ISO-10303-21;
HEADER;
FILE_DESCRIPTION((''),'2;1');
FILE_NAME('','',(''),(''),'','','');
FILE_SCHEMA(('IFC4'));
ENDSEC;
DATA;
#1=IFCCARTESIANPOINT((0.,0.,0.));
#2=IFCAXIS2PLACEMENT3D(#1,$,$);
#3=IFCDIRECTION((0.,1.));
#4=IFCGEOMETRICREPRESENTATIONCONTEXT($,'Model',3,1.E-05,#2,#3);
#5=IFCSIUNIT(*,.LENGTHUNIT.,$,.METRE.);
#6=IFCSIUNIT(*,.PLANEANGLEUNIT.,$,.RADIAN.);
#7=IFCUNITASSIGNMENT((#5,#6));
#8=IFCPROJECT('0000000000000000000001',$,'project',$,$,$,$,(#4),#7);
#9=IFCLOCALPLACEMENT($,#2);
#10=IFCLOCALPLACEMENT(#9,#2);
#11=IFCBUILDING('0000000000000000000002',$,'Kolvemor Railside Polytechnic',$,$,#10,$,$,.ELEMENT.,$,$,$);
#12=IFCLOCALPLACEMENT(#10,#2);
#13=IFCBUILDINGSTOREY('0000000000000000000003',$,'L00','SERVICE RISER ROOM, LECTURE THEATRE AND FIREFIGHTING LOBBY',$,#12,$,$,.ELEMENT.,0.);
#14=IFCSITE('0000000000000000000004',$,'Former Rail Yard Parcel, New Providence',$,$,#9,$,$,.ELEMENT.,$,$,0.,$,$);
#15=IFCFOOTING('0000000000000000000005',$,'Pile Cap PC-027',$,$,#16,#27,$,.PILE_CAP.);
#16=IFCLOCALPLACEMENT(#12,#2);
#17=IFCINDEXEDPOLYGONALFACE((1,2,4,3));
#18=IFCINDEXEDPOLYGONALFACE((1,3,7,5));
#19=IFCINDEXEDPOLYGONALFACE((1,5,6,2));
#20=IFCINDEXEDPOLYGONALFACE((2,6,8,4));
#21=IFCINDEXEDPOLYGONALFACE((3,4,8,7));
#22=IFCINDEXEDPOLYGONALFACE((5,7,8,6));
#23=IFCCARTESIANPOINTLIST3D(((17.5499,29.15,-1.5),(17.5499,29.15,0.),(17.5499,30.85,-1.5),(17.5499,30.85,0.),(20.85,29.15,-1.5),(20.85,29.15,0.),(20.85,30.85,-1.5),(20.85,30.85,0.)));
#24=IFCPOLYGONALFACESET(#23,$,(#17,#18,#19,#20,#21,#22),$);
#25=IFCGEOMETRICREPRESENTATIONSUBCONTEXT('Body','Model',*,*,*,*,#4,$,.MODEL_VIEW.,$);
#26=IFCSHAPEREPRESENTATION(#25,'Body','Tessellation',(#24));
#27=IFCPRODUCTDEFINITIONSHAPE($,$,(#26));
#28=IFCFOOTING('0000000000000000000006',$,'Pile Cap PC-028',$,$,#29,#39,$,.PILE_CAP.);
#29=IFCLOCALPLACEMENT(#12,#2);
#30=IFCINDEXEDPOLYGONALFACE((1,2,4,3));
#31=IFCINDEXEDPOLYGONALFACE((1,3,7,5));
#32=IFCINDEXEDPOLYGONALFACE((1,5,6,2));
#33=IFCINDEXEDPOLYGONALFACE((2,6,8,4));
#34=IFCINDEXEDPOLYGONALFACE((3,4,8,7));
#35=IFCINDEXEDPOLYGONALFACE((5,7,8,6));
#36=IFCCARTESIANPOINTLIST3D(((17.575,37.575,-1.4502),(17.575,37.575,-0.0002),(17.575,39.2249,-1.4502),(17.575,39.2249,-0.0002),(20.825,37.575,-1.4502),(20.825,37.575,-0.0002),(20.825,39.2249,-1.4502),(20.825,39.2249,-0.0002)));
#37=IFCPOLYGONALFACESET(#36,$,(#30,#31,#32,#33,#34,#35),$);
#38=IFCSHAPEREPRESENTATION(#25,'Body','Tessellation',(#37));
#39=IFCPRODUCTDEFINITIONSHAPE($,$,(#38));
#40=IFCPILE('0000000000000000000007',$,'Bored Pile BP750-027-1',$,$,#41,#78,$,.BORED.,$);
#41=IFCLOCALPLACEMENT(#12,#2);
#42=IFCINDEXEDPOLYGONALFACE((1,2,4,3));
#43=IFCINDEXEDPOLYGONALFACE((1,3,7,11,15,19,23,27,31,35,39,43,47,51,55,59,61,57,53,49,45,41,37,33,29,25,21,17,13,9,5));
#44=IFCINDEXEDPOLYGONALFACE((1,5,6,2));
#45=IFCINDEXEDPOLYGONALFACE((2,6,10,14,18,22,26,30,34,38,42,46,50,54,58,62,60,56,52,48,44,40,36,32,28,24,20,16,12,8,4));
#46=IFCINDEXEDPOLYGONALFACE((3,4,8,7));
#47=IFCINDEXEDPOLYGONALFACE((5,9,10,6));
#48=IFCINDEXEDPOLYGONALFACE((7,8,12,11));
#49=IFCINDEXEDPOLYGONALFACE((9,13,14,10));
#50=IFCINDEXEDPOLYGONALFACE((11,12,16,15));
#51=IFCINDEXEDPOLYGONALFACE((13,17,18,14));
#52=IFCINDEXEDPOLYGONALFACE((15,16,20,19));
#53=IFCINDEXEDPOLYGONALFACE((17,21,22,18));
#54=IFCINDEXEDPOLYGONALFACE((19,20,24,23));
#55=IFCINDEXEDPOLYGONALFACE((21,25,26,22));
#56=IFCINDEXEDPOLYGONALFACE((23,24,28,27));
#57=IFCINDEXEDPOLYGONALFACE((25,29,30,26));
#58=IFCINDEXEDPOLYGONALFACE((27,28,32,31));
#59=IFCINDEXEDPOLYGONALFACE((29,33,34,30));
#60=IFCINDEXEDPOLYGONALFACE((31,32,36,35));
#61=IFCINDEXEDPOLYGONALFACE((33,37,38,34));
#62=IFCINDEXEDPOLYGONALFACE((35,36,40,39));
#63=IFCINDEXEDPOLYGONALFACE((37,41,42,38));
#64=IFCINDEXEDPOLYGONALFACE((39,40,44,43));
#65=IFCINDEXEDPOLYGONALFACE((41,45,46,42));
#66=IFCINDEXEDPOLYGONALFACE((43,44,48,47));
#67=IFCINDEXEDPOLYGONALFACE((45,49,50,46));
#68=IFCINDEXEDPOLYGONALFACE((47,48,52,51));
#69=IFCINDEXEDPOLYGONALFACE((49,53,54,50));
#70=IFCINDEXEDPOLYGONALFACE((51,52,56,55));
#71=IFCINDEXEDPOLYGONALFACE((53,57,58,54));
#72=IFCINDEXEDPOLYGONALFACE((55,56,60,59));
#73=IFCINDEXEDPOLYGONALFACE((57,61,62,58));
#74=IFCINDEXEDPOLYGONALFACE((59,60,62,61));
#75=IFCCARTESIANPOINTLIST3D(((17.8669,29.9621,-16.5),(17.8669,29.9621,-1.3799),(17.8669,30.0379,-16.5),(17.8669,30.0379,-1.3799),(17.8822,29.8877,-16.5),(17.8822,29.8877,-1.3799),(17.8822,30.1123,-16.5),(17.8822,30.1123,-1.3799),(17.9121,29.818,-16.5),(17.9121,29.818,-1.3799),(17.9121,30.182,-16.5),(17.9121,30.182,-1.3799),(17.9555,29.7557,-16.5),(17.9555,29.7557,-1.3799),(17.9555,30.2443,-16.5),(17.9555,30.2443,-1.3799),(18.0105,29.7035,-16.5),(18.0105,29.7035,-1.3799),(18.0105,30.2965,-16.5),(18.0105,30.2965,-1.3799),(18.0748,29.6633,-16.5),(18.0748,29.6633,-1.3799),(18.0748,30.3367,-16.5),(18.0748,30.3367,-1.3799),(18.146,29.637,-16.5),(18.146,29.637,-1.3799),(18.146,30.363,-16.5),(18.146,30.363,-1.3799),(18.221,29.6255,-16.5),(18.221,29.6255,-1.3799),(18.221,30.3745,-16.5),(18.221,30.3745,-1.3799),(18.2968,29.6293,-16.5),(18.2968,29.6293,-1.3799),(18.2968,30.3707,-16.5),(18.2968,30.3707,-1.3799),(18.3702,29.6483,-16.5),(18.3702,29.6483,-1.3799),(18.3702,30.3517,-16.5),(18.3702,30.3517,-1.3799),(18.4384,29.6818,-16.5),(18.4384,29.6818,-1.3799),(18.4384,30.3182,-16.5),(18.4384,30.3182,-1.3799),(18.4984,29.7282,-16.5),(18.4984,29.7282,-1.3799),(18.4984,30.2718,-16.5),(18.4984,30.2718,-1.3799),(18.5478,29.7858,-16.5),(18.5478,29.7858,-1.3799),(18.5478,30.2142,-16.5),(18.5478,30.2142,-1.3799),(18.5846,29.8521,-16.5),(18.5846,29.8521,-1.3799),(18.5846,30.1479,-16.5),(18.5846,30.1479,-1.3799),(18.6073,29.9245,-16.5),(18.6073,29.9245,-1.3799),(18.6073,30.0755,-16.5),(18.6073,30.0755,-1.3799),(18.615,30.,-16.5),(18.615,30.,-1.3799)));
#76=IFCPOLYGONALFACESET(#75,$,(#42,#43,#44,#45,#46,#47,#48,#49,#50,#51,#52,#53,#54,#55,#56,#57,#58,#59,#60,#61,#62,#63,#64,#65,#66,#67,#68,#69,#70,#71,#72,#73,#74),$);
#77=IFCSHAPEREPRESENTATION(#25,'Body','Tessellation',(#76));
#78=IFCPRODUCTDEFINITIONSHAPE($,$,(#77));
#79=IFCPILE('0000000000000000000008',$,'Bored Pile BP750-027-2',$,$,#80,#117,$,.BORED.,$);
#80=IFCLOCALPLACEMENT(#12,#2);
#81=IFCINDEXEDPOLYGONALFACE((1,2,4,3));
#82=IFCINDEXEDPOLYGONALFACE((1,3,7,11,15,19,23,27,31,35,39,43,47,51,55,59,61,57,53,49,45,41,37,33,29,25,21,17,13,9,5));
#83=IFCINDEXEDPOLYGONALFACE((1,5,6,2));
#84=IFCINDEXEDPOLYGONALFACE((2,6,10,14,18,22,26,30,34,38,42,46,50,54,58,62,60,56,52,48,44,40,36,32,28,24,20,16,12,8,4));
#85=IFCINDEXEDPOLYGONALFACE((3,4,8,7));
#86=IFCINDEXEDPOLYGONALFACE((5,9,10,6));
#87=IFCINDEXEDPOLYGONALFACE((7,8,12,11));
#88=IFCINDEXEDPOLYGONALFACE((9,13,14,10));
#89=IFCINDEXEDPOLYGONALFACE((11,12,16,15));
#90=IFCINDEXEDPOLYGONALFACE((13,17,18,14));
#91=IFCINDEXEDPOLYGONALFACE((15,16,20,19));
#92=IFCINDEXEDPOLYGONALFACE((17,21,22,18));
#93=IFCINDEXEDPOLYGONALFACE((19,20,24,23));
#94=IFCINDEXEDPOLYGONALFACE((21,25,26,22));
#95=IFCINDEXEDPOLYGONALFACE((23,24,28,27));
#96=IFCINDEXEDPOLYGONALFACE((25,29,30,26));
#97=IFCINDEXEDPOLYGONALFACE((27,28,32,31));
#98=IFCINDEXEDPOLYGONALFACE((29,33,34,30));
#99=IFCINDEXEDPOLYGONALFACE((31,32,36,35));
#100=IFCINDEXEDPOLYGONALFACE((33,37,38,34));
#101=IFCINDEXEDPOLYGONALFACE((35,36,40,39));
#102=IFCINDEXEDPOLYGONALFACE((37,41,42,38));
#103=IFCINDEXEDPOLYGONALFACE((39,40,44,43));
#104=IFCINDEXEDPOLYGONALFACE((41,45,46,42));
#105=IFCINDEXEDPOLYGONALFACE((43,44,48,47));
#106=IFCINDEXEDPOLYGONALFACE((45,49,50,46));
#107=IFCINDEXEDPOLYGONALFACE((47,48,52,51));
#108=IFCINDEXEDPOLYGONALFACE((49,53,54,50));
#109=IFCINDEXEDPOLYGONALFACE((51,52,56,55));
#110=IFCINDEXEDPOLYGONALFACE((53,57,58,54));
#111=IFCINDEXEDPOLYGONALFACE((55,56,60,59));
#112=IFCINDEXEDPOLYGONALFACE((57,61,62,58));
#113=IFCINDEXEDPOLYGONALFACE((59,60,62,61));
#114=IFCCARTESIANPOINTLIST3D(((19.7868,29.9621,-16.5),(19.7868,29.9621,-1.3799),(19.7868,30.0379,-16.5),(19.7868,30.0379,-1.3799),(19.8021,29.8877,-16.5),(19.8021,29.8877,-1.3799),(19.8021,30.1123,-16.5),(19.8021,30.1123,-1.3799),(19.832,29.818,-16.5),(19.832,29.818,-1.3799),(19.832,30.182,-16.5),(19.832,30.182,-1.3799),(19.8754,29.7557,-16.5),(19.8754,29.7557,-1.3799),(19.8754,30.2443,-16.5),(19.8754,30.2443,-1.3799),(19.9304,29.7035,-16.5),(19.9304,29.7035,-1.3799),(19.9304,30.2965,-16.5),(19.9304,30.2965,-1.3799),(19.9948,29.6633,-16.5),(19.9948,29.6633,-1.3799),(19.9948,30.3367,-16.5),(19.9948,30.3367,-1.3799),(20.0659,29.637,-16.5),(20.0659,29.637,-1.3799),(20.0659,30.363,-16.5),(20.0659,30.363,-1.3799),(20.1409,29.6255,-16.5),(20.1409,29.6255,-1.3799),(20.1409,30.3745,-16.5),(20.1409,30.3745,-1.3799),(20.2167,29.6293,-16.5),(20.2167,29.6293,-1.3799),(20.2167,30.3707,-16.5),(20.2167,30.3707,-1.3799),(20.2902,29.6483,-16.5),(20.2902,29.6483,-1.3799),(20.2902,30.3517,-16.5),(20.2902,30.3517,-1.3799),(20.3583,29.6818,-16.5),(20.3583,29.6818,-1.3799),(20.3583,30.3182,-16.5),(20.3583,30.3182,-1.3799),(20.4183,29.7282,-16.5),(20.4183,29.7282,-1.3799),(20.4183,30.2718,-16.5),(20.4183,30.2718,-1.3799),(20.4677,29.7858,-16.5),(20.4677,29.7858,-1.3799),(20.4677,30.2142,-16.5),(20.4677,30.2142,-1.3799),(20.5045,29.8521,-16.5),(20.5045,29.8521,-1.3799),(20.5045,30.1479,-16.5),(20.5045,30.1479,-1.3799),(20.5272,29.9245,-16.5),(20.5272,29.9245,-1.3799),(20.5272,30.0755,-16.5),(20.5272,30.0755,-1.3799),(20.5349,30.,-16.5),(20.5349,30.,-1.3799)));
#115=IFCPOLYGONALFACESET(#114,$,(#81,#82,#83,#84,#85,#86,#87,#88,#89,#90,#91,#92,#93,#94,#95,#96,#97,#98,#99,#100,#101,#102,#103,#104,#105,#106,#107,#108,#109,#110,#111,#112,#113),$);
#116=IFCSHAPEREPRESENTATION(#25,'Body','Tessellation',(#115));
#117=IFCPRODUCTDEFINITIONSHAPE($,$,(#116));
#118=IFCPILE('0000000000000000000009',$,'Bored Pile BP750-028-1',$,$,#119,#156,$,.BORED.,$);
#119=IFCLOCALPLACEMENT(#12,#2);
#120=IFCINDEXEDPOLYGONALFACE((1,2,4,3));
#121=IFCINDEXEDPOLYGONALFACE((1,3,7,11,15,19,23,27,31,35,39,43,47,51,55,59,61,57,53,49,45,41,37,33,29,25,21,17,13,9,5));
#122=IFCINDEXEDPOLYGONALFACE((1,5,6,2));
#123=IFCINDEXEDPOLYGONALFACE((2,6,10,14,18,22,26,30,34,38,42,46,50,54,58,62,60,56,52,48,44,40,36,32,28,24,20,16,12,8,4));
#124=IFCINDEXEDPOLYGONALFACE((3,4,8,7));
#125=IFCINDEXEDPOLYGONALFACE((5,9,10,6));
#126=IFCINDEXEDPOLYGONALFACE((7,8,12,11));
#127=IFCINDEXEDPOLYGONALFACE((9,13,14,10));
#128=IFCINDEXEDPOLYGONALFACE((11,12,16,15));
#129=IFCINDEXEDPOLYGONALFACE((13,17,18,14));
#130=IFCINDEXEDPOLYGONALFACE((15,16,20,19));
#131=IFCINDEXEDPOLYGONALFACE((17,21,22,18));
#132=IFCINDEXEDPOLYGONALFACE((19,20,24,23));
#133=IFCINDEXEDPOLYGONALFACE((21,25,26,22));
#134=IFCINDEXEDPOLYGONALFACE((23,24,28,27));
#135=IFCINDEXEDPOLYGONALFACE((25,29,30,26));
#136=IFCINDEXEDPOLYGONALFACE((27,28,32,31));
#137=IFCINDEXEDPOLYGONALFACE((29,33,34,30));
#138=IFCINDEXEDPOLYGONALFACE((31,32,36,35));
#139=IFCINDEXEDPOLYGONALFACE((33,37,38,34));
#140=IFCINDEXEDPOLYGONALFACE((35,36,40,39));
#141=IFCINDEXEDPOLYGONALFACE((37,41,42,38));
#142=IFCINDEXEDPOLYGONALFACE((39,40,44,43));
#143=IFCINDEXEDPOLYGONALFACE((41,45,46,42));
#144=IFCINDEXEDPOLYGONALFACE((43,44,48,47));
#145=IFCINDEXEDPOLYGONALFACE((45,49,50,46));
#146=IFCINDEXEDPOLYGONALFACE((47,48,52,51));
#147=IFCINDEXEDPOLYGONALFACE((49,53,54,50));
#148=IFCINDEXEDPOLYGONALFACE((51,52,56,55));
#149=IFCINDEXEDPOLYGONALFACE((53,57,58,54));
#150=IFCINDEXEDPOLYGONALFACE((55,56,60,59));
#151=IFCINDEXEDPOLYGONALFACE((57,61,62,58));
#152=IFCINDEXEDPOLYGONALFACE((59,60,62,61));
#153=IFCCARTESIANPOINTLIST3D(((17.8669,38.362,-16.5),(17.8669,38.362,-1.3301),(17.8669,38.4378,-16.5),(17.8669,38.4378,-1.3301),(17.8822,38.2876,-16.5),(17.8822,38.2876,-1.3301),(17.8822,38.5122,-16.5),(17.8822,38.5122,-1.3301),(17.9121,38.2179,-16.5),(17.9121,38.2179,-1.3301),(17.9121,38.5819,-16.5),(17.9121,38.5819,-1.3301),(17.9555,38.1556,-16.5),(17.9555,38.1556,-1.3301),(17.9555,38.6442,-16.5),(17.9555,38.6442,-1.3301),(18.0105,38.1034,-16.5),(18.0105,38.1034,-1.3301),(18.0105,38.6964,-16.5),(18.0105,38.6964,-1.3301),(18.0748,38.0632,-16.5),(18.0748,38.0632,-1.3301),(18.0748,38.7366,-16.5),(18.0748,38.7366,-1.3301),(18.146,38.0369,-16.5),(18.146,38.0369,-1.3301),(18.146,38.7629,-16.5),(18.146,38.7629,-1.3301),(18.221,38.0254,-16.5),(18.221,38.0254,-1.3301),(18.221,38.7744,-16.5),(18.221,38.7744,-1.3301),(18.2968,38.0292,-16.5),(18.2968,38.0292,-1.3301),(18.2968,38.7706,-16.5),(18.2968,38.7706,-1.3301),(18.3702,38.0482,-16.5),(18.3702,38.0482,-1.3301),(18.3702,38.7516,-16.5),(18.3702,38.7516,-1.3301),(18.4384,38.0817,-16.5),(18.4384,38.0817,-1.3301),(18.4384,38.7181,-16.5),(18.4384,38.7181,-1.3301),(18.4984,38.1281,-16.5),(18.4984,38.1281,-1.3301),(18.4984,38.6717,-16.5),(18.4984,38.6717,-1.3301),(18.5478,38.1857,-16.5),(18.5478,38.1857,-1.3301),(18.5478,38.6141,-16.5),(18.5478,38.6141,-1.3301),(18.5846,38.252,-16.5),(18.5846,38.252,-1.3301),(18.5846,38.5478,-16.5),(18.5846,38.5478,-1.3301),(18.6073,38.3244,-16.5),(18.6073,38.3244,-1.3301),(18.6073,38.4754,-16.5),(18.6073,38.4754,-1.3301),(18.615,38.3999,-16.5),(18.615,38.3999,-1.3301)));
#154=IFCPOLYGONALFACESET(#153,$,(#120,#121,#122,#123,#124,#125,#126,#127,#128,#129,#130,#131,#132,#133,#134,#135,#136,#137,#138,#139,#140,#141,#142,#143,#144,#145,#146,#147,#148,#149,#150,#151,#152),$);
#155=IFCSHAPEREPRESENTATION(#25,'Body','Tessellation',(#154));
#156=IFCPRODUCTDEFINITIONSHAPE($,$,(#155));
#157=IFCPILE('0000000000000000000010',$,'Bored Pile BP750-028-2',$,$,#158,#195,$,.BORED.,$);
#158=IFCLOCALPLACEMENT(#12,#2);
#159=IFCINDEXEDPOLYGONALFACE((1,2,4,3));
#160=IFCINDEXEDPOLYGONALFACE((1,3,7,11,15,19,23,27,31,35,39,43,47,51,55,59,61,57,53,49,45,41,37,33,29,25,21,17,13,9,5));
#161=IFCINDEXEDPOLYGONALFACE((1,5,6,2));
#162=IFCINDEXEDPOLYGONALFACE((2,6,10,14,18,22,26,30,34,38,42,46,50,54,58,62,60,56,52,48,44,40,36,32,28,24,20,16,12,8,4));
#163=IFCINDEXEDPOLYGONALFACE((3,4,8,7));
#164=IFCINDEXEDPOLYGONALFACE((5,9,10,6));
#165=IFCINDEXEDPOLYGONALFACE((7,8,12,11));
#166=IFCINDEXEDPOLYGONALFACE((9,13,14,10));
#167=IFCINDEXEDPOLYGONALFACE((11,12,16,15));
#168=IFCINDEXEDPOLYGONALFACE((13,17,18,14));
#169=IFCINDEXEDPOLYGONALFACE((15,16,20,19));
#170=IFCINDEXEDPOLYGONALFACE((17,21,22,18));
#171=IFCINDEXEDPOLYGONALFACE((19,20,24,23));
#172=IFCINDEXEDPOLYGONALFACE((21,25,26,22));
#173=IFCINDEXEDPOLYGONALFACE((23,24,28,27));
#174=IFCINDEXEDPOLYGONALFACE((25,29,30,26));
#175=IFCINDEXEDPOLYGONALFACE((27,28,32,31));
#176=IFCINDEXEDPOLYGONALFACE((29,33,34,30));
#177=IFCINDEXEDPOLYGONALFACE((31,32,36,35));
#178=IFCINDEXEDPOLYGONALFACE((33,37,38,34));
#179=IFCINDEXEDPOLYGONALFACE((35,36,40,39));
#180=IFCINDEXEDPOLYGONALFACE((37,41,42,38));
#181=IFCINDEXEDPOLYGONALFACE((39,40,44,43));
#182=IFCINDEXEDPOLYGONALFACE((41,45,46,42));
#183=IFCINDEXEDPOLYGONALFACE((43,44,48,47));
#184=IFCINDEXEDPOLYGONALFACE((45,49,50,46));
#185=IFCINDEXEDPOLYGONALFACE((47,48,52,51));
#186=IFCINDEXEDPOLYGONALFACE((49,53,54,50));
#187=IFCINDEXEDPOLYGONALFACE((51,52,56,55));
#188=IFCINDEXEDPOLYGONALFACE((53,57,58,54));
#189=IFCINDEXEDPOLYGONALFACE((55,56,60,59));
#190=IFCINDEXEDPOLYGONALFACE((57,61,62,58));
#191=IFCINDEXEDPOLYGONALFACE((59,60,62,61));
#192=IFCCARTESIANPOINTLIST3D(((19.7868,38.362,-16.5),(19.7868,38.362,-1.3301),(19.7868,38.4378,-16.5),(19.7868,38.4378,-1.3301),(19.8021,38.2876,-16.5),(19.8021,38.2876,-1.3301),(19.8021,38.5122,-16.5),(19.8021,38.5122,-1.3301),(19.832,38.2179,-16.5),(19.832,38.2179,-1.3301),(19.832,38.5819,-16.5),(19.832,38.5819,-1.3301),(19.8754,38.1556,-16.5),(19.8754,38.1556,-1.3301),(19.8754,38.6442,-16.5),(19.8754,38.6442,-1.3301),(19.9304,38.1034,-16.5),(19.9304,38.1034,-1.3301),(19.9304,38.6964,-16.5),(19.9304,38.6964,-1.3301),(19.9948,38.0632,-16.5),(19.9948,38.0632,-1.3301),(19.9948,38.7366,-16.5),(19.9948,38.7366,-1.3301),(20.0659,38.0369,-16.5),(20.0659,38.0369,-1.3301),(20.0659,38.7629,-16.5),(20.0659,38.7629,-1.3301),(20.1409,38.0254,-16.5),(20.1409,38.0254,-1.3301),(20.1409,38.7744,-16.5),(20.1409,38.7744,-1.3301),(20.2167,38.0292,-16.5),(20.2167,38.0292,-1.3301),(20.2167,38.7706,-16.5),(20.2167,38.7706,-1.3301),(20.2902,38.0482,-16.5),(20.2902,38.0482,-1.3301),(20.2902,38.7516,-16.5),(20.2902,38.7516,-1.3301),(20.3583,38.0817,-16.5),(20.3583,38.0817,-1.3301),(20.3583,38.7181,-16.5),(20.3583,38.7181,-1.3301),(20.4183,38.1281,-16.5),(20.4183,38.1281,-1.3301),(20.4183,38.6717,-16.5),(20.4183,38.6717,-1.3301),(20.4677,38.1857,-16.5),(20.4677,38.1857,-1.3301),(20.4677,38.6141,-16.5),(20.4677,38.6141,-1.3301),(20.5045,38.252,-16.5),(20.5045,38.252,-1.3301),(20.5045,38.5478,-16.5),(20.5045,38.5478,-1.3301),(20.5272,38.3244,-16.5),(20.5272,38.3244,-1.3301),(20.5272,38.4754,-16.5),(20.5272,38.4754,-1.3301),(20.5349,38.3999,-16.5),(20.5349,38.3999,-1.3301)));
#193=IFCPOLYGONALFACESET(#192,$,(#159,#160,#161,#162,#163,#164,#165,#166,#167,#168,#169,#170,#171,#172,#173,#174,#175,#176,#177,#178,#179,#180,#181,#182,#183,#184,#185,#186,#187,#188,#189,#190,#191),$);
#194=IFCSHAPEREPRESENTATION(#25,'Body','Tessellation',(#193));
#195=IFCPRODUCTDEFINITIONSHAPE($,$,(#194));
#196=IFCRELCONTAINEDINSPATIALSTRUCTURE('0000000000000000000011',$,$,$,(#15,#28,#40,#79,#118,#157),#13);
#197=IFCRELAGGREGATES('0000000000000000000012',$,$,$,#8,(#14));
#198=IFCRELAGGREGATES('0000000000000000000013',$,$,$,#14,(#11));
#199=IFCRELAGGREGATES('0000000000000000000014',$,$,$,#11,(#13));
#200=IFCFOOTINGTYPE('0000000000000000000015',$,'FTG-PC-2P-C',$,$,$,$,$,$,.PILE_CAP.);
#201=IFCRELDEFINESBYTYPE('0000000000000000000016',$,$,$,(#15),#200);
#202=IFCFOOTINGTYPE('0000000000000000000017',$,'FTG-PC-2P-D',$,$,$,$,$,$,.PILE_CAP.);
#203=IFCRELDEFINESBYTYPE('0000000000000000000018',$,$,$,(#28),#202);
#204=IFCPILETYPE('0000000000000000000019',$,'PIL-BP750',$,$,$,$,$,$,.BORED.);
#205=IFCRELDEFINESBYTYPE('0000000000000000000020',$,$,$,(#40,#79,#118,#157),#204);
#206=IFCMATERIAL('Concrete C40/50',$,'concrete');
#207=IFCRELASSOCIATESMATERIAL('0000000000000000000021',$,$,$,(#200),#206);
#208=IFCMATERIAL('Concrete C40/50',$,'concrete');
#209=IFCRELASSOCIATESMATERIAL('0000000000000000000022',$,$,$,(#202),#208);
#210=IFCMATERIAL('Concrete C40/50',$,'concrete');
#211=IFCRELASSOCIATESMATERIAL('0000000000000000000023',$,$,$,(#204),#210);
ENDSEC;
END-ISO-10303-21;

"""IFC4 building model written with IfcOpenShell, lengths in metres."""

from ifc_helpers import new_model, si_unit, direction, frame, origin, origin_2d, place, context, subcontext, project, spatial, rectangle, circle, extrude, material, material_profile, profile_set, type_object, element, save


model = new_model("IFC4")

# Units and contexts
model_context = context("Model", 3, precision=1e-05, world=origin(), true_north=direction((0.0, 1.0)))
body_context = subcontext(model_context, "Body", "Model", "MODEL_VIEW")
ifc_project = project(units=[si_unit("LENGTHUNIT", "METRE"), si_unit("PLANEANGLEUNIT", "RADIAN")], contexts=[model_context])

# Site, building, storey
site_placement = place(None, origin())
site = spatial("IfcSite", under=ifc_project, at=site_placement, Name="Former Rail Yard Parcel, New Providence", CompositionType="ELEMENT", RefElevation=0.0)
building_placement = place(site_placement, origin())
building = spatial("IfcBuilding", under=site, at=building_placement, Name="Kolvemor Railside Polytechnic", CompositionType="ELEMENT")
storey_placement = place(building_placement, origin())
storey = spatial("IfcBuildingStorey", under=building, at=storey_placement, Name="L00", Description="SERVICE RISER ROOM, LECTURE THEATRE AND FIREFIGHTING LOBBY", CompositionType="ELEMENT", Elevation=0.0)

# Footings
ifc_material_1 = material(Name="Concrete C40/50", Category="concrete")
footing_type_1 = type_object("IfcFootingType", Name="FTG-PC-2P-C", PredefinedType="PILE_CAP", material=ifc_material_1)
footing_1_placement = place(storey_placement, frame((19.2, 30.0, -1.5), z_axis=(0.0, 0.0, 1.0), x_axis=(1.0, 0.0, 0.0)))
element("IfcFooting", 1, at=footing_1_placement, inside=storey, type_object=footing_type_1, Name="Pile Cap PC-027", PredefinedType="PILE_CAP", context=body_context, shape_type="SweptSolid", body=[
    extrude(rectangle(XDim=3.3, YDim=1.7, at=origin_2d()), origin(), (0.0, 0.0, 1.0), 1.5),
])
ifc_material_2 = material(Name="Concrete C40/50", Category="concrete")
footing_type_2 = type_object("IfcFootingType", Name="FTG-PC-2P-D", PredefinedType="PILE_CAP", material=ifc_material_2)
footing_2_placement = place(storey_placement, frame((19.2, 38.3999, -1.4502), z_axis=(0.0, 0.0, 1.0), x_axis=(1.0, 0.0, 0.0)))
element("IfcFooting", 2, at=footing_2_placement, inside=storey, type_object=footing_type_2, Name="Pile Cap PC-028", PredefinedType="PILE_CAP", context=body_context, shape_type="SweptSolid", body=[
    extrude(rectangle(XDim=3.25, YDim=1.6499, at=origin_2d()), origin(), (0.0, 0.0, 1.0), 1.45),
])

# Piles
ifc_material_3 = material(Name="Concrete C40/50", Category="concrete")
ifc_material_profile_1 = material_profile(ifc_material_3, circle(Radius=0.375, at=origin_2d()), Name="BP750")
ifc_profile_set_1 = profile_set([ifc_material_profile_1], Name="Concrete C40/50")
pile_type = type_object("IfcPileType", Name="PIL-BP750", PredefinedType="BORED", material=ifc_profile_set_1)
for number, where, z_axis, x_axis, name in (
    (3, (18.24, 30.0, -1.3799), (0.0, 0.0, -1.0), (1.0, 0.0, 0.0), "Bored Pile BP750-027-1"),
    (4, (20.1599, 30.0, -1.3799), (0.0, 0.0, -1.0), (1.0, 0.0, 0.0), "Bored Pile BP750-027-2"),
):
    element("IfcPile", number, at=place(storey_placement, frame(where, z_axis=z_axis, x_axis=x_axis)), inside=storey, type_object=pile_type, Name=name, PredefinedType="BORED", context=body_context, shape_type="SweptSolid", body=[
        extrude(circle(Radius=0.375, at=origin_2d()), origin(), (0.0, 0.0, 1.0), 15.1201),
    ])
for number, where, z_axis, x_axis, name in (
    (5, (18.24, 38.3999, -1.3301), (0.0, 0.0, -1.0), (1.0, 0.0, 0.0), "Bored Pile BP750-028-1"),
    (6, (20.1599, 38.3999, -1.3301), (0.0, 0.0, -1.0), (1.0, 0.0, 0.0), "Bored Pile BP750-028-2"),
):
    element("IfcPile", number, at=place(storey_placement, frame(where, z_axis=z_axis, x_axis=x_axis)), inside=storey, type_object=pile_type, Name=name, PredefinedType="BORED", context=body_context, shape_type="SweptSolid", body=[
        extrude(circle(Radius=0.375, at=origin_2d()), origin(), (0.0, 0.0, 1.0), 15.1699),
    ])

save(model, "model.ifc")
